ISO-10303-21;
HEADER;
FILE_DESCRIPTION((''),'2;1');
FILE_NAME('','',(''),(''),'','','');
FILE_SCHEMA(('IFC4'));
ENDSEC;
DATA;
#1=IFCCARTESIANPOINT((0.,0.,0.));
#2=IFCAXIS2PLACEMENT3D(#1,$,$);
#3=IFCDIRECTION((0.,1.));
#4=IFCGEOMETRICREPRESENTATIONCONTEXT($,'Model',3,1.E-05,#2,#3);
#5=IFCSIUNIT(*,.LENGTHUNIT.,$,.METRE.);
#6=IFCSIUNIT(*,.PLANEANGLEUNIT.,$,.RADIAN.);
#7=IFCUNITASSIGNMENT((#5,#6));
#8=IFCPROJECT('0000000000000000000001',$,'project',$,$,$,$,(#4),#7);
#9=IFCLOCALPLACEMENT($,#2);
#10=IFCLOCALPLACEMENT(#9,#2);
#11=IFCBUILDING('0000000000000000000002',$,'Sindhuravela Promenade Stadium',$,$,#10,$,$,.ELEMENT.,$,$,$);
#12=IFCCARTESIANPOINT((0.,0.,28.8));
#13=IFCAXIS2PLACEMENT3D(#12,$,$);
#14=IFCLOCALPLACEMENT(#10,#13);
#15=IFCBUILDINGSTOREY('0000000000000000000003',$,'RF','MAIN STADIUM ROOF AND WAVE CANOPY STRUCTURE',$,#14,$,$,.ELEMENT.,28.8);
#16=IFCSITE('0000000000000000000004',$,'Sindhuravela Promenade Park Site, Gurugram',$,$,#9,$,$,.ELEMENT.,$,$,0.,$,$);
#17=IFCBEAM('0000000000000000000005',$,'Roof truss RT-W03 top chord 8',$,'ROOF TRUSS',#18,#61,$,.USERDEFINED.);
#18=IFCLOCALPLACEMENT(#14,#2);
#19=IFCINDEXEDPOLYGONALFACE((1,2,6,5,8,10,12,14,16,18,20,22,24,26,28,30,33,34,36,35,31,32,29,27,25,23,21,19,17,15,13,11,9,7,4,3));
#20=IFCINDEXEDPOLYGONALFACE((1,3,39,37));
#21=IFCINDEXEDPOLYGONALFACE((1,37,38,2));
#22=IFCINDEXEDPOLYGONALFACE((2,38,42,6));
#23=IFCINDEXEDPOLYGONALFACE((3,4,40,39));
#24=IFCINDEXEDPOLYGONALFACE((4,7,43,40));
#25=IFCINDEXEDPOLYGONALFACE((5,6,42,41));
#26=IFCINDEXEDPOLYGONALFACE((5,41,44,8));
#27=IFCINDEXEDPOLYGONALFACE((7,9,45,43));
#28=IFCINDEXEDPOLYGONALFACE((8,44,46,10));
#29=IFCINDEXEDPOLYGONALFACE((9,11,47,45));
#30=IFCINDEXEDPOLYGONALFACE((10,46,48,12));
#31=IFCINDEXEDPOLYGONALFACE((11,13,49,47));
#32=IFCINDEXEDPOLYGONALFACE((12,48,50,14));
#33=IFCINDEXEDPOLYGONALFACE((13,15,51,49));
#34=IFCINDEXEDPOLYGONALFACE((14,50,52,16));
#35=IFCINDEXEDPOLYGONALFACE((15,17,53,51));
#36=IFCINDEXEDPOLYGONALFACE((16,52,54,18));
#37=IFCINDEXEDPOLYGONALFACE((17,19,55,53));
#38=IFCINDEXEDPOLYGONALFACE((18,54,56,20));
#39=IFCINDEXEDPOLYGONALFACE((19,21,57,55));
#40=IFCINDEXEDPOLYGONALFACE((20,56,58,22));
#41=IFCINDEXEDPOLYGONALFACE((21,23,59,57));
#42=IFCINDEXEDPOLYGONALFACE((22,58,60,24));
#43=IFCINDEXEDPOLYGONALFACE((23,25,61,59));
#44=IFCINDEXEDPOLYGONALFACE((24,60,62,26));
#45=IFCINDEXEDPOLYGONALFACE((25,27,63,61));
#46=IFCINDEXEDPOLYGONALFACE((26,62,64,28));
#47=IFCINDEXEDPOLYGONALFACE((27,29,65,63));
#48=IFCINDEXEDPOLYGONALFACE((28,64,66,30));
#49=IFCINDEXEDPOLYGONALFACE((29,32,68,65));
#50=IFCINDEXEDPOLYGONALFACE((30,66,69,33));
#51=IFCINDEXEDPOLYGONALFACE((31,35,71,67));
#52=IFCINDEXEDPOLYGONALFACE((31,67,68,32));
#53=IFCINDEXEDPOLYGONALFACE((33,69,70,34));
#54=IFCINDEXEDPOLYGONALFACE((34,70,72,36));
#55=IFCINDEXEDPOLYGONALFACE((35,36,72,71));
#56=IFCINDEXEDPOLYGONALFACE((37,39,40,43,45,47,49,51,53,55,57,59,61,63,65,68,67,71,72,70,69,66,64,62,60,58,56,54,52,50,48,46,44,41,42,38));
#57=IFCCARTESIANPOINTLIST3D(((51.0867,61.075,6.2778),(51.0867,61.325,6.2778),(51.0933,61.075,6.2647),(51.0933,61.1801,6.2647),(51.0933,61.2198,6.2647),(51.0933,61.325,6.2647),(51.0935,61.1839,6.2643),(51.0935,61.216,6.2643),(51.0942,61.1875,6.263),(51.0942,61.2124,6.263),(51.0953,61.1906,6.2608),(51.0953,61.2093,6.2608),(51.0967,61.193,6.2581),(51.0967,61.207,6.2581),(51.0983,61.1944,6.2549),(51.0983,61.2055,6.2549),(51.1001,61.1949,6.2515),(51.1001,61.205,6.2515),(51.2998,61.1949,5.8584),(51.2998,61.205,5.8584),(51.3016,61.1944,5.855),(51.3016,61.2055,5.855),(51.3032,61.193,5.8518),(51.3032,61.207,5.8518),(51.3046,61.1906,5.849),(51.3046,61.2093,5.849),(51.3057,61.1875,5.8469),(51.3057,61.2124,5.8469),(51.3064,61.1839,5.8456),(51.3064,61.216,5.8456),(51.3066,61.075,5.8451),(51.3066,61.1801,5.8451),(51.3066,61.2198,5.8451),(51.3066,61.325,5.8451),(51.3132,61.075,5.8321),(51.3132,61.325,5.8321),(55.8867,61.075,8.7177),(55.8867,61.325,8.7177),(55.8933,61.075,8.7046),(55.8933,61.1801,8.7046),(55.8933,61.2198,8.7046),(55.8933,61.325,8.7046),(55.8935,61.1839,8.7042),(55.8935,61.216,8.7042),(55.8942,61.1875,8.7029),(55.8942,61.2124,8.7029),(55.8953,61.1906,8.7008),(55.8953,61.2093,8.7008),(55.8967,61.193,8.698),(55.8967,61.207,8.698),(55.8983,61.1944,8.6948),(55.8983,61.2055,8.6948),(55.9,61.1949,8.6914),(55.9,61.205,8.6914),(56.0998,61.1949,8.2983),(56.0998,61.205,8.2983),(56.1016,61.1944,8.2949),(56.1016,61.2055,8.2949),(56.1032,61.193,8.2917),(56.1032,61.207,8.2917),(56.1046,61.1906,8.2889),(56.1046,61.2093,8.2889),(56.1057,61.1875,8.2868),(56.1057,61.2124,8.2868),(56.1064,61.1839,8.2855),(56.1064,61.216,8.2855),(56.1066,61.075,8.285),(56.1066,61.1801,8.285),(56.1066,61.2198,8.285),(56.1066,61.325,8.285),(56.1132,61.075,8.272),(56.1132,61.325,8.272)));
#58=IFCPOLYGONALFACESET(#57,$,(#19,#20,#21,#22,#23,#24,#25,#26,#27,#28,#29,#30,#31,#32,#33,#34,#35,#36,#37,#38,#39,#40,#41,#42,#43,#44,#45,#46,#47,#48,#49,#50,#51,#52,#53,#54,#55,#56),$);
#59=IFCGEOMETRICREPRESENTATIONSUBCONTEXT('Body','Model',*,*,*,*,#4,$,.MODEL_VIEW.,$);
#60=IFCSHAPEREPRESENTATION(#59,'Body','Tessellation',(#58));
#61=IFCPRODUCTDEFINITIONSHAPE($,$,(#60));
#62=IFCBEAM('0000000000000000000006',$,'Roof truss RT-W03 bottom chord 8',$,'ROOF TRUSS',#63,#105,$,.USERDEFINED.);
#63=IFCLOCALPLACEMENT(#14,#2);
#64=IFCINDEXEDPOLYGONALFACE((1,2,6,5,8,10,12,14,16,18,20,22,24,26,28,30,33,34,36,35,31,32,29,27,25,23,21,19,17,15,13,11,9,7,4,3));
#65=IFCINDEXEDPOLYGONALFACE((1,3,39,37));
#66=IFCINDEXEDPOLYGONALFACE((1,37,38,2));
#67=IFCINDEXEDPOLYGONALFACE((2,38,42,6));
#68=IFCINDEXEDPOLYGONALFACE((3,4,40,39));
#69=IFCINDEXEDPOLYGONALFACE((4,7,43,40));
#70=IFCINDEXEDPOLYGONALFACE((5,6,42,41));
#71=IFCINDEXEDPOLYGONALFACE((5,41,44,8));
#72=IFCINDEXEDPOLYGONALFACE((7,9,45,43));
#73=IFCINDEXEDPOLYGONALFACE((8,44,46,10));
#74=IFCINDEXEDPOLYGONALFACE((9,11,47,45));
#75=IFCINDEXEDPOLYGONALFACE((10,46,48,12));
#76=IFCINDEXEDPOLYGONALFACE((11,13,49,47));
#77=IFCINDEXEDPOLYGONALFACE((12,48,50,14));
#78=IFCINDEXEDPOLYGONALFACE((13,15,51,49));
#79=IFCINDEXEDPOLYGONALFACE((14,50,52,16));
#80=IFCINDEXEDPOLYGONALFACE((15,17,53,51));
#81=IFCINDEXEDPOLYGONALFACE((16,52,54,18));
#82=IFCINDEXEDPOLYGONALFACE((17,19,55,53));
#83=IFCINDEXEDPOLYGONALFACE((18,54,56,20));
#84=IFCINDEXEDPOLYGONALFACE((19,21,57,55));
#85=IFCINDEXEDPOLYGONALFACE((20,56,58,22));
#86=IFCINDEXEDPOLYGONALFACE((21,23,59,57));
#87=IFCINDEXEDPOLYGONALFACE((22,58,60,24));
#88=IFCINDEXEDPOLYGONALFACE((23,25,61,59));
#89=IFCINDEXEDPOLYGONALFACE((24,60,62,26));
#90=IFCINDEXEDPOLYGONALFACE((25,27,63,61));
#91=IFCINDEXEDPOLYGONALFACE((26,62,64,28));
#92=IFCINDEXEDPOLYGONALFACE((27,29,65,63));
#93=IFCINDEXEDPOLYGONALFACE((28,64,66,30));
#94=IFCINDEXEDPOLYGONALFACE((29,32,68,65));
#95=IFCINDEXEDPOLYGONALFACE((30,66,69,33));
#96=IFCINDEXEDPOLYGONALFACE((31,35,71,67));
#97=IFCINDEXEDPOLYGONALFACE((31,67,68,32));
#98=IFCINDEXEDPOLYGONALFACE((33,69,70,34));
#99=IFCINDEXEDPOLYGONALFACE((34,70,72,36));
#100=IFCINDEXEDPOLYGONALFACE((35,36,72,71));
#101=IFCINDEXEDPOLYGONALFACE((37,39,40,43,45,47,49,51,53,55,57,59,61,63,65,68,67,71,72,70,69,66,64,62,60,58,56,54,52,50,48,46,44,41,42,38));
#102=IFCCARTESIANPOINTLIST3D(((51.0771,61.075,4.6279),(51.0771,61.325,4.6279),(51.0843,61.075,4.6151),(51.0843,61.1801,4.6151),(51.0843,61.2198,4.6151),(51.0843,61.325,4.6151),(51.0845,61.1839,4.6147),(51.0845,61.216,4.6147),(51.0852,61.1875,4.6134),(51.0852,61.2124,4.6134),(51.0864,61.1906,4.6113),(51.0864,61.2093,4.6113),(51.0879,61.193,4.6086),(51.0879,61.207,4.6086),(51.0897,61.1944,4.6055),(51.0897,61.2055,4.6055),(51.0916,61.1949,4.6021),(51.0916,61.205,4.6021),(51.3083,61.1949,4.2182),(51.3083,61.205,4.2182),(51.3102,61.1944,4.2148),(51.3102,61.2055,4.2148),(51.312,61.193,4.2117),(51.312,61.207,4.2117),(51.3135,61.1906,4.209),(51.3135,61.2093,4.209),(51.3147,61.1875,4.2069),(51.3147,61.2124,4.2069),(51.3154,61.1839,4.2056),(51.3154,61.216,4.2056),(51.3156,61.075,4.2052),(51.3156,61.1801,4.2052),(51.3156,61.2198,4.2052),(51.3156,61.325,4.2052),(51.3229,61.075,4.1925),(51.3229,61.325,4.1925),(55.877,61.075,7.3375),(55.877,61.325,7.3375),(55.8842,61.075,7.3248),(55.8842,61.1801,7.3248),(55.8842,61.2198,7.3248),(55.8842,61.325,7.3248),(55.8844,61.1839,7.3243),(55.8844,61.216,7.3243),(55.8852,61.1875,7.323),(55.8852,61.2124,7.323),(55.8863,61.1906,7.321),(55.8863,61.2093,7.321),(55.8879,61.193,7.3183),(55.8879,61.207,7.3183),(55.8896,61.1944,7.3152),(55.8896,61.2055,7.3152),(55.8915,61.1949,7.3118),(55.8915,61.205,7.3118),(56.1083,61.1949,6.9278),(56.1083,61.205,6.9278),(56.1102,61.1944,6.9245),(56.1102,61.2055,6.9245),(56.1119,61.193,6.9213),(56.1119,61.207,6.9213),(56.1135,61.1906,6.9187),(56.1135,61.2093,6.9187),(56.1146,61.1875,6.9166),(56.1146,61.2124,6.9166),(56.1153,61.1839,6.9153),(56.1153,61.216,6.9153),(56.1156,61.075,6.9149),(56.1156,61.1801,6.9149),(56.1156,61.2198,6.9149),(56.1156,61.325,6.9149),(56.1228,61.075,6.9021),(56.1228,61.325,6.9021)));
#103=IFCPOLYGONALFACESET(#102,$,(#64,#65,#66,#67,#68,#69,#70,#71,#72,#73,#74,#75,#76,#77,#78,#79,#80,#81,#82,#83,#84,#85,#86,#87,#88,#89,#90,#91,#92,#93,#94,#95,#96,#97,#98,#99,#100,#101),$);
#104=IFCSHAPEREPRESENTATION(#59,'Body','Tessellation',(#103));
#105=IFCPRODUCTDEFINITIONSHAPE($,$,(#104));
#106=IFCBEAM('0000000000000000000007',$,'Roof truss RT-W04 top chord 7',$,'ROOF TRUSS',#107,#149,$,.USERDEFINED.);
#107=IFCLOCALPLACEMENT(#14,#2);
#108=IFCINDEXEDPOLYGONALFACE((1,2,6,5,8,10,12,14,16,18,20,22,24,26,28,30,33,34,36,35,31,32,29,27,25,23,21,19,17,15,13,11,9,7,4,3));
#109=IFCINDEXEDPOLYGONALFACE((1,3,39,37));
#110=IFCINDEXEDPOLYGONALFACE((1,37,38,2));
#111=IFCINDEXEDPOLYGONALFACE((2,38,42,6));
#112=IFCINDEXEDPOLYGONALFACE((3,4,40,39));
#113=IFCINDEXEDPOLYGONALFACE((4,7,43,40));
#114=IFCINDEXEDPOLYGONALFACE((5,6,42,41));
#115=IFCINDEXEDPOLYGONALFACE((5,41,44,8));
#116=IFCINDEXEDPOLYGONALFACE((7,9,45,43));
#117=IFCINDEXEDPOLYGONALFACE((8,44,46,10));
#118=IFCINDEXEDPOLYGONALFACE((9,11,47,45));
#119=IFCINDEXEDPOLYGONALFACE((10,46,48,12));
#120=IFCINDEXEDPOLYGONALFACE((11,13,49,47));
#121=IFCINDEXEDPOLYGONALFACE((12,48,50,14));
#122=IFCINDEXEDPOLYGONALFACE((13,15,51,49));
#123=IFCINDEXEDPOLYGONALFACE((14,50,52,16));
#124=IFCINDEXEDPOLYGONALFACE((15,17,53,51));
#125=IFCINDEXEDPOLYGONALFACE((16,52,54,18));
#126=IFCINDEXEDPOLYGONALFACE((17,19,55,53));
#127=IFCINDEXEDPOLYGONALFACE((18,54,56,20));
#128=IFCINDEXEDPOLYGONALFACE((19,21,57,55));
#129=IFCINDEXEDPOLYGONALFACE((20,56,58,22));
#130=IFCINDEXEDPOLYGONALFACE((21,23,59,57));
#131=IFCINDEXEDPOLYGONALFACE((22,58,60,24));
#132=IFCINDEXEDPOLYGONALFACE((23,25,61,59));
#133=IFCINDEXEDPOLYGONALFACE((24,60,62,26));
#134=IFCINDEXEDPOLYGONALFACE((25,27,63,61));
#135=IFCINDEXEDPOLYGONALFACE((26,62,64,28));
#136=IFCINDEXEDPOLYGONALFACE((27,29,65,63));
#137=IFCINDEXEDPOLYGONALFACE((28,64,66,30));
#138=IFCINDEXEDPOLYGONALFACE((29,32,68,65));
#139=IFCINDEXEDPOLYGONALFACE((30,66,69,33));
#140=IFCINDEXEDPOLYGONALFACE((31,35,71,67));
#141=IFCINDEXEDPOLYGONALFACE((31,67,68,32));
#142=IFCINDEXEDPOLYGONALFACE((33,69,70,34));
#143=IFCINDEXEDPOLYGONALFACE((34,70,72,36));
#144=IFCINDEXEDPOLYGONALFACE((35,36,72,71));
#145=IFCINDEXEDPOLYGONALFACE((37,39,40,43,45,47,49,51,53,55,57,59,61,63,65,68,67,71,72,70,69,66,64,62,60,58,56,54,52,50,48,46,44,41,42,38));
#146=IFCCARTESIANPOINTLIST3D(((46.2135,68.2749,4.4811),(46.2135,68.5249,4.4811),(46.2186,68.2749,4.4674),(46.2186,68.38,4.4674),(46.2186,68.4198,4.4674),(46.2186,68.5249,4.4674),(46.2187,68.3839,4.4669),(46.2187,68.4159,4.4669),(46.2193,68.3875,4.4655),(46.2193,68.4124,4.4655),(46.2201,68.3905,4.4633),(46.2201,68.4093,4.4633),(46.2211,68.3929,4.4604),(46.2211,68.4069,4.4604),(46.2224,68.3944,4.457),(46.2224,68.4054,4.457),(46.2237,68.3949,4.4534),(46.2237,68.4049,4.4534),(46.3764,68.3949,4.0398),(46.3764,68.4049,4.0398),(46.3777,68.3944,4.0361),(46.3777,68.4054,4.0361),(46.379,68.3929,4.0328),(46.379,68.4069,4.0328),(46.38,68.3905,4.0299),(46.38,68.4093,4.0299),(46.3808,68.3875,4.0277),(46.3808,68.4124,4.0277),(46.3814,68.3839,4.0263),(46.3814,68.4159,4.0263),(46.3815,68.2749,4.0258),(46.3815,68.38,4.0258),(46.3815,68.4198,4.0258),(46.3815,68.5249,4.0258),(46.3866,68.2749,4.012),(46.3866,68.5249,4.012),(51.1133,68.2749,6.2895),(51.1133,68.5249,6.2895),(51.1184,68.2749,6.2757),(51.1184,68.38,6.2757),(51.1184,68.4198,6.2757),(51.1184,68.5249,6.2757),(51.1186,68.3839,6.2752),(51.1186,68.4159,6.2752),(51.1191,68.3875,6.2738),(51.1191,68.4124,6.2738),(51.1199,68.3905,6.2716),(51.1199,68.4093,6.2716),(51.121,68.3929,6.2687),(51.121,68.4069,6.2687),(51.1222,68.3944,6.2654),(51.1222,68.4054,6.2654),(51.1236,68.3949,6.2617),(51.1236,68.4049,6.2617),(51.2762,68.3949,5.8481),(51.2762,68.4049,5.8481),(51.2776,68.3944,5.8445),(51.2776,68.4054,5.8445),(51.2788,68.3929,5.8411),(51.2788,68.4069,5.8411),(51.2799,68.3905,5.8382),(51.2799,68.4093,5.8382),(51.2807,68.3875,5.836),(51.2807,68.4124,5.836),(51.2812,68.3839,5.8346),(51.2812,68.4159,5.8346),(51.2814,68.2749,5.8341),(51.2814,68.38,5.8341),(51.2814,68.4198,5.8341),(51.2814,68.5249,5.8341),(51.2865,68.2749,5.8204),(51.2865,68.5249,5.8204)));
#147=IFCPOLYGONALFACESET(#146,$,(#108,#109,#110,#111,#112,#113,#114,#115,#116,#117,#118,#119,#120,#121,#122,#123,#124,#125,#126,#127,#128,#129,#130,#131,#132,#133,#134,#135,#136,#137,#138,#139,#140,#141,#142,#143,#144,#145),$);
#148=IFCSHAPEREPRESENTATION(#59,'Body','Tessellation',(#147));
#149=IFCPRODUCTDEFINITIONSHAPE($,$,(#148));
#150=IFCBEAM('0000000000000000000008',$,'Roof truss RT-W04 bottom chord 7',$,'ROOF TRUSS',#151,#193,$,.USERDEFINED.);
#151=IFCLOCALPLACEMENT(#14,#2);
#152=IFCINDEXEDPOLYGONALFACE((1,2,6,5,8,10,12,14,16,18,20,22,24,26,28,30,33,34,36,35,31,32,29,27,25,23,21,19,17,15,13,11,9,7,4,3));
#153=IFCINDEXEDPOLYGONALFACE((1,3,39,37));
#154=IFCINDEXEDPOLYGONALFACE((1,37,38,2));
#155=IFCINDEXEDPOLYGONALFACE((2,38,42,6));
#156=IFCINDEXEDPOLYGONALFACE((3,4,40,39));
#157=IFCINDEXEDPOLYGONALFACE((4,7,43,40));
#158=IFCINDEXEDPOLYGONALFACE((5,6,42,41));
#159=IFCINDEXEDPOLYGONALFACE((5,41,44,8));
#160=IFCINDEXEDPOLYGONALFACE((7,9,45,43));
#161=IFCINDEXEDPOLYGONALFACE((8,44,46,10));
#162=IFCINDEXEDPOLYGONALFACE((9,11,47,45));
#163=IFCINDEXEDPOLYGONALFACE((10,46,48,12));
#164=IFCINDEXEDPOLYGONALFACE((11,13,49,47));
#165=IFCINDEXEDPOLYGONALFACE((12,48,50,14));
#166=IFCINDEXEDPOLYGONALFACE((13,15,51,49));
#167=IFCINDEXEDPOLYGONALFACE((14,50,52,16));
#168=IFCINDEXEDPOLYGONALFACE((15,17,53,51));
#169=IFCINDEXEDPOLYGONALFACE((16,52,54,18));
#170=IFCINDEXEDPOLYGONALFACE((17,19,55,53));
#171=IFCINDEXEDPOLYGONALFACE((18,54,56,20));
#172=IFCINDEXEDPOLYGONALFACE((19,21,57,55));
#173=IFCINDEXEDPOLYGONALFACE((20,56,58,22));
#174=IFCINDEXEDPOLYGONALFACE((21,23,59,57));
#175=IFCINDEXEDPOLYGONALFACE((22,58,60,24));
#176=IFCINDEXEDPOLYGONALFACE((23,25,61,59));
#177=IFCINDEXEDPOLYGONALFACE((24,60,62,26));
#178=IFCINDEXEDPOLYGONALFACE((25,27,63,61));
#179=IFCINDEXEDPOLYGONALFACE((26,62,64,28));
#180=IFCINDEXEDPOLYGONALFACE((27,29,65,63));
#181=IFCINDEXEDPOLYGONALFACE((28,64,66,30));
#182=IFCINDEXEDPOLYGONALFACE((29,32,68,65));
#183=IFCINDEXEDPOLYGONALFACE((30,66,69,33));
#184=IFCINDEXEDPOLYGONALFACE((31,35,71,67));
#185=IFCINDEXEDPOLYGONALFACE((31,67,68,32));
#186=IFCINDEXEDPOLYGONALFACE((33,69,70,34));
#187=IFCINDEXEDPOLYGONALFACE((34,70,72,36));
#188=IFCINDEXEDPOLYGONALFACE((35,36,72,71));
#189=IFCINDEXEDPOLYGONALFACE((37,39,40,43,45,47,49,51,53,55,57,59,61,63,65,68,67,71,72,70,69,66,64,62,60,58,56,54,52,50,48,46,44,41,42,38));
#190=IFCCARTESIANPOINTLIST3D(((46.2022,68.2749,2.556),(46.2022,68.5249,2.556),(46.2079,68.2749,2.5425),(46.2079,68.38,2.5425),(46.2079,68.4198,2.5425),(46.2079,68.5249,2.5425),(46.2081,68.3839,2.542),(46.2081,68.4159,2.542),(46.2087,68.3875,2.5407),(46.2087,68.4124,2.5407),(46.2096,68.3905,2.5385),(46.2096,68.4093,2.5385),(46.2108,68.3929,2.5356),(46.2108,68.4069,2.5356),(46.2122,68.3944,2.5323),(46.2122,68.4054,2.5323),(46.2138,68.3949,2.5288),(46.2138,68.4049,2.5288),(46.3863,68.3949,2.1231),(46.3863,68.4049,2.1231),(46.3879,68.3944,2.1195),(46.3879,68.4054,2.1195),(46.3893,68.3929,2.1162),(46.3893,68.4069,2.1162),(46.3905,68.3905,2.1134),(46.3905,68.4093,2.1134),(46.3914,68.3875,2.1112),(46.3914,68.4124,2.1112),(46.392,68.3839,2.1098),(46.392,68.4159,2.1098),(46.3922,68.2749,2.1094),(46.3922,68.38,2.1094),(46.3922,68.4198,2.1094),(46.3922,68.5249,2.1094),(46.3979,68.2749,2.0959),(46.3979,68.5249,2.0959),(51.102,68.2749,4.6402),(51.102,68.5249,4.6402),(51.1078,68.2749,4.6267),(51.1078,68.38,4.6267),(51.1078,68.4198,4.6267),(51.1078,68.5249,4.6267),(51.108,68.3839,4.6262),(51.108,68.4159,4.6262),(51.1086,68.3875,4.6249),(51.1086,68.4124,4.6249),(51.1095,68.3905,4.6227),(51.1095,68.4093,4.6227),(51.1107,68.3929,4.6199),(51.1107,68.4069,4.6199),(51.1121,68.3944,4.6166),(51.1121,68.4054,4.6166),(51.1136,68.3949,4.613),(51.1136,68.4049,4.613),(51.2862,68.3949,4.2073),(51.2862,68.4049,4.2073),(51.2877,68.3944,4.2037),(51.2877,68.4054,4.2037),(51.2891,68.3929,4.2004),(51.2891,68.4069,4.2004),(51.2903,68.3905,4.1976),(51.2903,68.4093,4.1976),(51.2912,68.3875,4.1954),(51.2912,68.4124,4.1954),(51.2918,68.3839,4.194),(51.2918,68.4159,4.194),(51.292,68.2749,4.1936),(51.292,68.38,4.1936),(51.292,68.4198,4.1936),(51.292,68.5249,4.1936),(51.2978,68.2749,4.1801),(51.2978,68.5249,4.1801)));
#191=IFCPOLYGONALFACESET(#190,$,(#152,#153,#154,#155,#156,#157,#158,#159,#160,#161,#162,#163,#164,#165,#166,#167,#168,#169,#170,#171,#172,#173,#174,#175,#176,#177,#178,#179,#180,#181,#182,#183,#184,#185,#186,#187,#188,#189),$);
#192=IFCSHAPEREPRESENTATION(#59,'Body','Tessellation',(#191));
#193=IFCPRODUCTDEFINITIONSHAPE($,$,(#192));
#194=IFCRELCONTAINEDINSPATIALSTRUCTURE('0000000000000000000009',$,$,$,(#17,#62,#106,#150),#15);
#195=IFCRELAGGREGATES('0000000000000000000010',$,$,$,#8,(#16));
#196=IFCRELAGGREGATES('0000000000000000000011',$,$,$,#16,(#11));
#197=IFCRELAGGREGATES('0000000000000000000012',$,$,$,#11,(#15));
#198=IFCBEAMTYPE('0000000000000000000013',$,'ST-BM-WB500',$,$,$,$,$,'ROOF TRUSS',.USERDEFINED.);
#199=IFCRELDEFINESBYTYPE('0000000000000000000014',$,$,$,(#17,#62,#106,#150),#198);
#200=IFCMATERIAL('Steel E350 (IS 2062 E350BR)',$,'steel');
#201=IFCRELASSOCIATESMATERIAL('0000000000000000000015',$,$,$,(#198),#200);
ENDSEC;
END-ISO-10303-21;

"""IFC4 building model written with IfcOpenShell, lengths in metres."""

from ifc_helpers import new_model, si_unit, direction, frame, origin, origin_2d, place, context, subcontext, project, spatial, i_section, extrude, material, material_profile, profile_set, type_object, element, save


model = new_model("IFC4")

# Units and contexts
model_context = context("Model", 3, precision=1e-05, world=origin(), true_north=direction((0.0, 1.0)))
body_context = subcontext(model_context, "Body", "Model", "MODEL_VIEW")
ifc_project = project(units=[si_unit("LENGTHUNIT", "METRE"), si_unit("PLANEANGLEUNIT", "RADIAN")], contexts=[model_context])

# Site, building, storey
site_placement = place(None, origin())
site = spatial("IfcSite", under=ifc_project, at=site_placement, Name="Sindhuravela Promenade Park Site, Gurugram", CompositionType="ELEMENT", RefElevation=0.0)
building_placement = place(site_placement, origin())
building = spatial("IfcBuilding", under=site, at=building_placement, Name="Sindhuravela Promenade Stadium", CompositionType="ELEMENT")
storey_placement = place(building_placement, frame((0.0, 0.0, 28.8)))
storey = spatial("IfcBuildingStorey", under=building, at=storey_placement, Name="RF", Description="MAIN STADIUM ROOF AND WAVE CANOPY STRUCTURE", CompositionType="ELEMENT", Elevation=28.8)

# Beams
ifc_material_1 = material(Name="Steel E350 (IS 2062 E350BR)", Category="steel")
ifc_material_profile_1 = material_profile(ifc_material_1, i_section(OverallWidth=0.25, OverallDepth=0.5, WebThickness=0.01, FlangeThickness=0.0146, FilletRadius=0.0149, at=origin_2d()), Name="ISWB 500")
ifc_profile_set_1 = profile_set([ifc_material_profile_1], Name="Steel E350 (IS 2062 E350BR)")
beam_type = type_object("IfcBeamType", Name="ST-BM-WB500", ElementType="ROOF TRUSS", PredefinedType="USERDEFINED", material=ifc_profile_set_1)
beam_1_placement = place(storey_placement, frame((51.2, 61.2, 6.0549), z_axis=(0.891442, 0.0, 0.453134), x_axis=(0.0, 1.0, 0.0)))
element("IfcBeam", 1, at=beam_1_placement, inside=storey, type_object=beam_type, Name="Roof truss RT-W03 top chord 8", ObjectType="ROOF TRUSS", PredefinedType="USERDEFINED", context=body_context, shape_type="SweptSolid", body=[
    extrude(i_section(OverallWidth=0.25, OverallDepth=0.5, WebThickness=0.01, FlangeThickness=0.0146, FilletRadius=0.0149, at=origin_2d()), origin(), (0.0, 0.0, 1.0), 5.3845),
])
beam_2_placement = place(storey_placement, frame((51.2, 61.2, 4.4102), z_axis=(0.870823, 0.0, 0.491596), x_axis=(0.0, 1.0, 0.0)))
element("IfcBeam", 2, at=beam_2_placement, inside=storey, type_object=beam_type, Name="Roof truss RT-W03 bottom chord 8", ObjectType="ROOF TRUSS", PredefinedType="USERDEFINED", context=body_context, shape_type="SweptSolid", body=[
    extrude(i_section(OverallWidth=0.25, OverallDepth=0.5, WebThickness=0.01, FlangeThickness=0.0146, FilletRadius=0.0149, at=origin_2d()), origin(), (0.0, 0.0, 1.0), 5.512),
])
beam_3_placement = place(storey_placement, frame((46.3, 68.3999, 4.2466), z_axis=(0.938149, 0.0, 0.346232), x_axis=(0.0, 1.0, 0.0)))
element("IfcBeam", 3, at=beam_3_placement, inside=storey, type_object=beam_type, Name="Roof truss RT-W04 top chord 7", ObjectType="ROOF TRUSS", PredefinedType="USERDEFINED", context=body_context, shape_type="SweptSolid", body=[
    extrude(i_section(OverallWidth=0.25, OverallDepth=0.5, WebThickness=0.01, FlangeThickness=0.0146, FilletRadius=0.0149, at=origin_2d()), origin(), (0.0, 0.0, 1.0), 5.2229),
])
beam_4_placement = place(storey_placement, frame((46.3, 68.3999, 2.3259), z_axis=(0.920211, 0.0, 0.391422), x_axis=(0.0, 1.0, 0.0)))
element("IfcBeam", 4, at=beam_4_placement, inside=storey, type_object=beam_type, Name="Roof truss RT-W04 bottom chord 7", ObjectType="ROOF TRUSS", PredefinedType="USERDEFINED", context=body_context, shape_type="SweptSolid", body=[
    extrude(i_section(OverallWidth=0.25, OverallDepth=0.5, WebThickness=0.01, FlangeThickness=0.0146, FilletRadius=0.0149, at=origin_2d()), origin(), (0.0, 0.0, 1.0), 5.3247),
])

save(model, "model.ifc")
